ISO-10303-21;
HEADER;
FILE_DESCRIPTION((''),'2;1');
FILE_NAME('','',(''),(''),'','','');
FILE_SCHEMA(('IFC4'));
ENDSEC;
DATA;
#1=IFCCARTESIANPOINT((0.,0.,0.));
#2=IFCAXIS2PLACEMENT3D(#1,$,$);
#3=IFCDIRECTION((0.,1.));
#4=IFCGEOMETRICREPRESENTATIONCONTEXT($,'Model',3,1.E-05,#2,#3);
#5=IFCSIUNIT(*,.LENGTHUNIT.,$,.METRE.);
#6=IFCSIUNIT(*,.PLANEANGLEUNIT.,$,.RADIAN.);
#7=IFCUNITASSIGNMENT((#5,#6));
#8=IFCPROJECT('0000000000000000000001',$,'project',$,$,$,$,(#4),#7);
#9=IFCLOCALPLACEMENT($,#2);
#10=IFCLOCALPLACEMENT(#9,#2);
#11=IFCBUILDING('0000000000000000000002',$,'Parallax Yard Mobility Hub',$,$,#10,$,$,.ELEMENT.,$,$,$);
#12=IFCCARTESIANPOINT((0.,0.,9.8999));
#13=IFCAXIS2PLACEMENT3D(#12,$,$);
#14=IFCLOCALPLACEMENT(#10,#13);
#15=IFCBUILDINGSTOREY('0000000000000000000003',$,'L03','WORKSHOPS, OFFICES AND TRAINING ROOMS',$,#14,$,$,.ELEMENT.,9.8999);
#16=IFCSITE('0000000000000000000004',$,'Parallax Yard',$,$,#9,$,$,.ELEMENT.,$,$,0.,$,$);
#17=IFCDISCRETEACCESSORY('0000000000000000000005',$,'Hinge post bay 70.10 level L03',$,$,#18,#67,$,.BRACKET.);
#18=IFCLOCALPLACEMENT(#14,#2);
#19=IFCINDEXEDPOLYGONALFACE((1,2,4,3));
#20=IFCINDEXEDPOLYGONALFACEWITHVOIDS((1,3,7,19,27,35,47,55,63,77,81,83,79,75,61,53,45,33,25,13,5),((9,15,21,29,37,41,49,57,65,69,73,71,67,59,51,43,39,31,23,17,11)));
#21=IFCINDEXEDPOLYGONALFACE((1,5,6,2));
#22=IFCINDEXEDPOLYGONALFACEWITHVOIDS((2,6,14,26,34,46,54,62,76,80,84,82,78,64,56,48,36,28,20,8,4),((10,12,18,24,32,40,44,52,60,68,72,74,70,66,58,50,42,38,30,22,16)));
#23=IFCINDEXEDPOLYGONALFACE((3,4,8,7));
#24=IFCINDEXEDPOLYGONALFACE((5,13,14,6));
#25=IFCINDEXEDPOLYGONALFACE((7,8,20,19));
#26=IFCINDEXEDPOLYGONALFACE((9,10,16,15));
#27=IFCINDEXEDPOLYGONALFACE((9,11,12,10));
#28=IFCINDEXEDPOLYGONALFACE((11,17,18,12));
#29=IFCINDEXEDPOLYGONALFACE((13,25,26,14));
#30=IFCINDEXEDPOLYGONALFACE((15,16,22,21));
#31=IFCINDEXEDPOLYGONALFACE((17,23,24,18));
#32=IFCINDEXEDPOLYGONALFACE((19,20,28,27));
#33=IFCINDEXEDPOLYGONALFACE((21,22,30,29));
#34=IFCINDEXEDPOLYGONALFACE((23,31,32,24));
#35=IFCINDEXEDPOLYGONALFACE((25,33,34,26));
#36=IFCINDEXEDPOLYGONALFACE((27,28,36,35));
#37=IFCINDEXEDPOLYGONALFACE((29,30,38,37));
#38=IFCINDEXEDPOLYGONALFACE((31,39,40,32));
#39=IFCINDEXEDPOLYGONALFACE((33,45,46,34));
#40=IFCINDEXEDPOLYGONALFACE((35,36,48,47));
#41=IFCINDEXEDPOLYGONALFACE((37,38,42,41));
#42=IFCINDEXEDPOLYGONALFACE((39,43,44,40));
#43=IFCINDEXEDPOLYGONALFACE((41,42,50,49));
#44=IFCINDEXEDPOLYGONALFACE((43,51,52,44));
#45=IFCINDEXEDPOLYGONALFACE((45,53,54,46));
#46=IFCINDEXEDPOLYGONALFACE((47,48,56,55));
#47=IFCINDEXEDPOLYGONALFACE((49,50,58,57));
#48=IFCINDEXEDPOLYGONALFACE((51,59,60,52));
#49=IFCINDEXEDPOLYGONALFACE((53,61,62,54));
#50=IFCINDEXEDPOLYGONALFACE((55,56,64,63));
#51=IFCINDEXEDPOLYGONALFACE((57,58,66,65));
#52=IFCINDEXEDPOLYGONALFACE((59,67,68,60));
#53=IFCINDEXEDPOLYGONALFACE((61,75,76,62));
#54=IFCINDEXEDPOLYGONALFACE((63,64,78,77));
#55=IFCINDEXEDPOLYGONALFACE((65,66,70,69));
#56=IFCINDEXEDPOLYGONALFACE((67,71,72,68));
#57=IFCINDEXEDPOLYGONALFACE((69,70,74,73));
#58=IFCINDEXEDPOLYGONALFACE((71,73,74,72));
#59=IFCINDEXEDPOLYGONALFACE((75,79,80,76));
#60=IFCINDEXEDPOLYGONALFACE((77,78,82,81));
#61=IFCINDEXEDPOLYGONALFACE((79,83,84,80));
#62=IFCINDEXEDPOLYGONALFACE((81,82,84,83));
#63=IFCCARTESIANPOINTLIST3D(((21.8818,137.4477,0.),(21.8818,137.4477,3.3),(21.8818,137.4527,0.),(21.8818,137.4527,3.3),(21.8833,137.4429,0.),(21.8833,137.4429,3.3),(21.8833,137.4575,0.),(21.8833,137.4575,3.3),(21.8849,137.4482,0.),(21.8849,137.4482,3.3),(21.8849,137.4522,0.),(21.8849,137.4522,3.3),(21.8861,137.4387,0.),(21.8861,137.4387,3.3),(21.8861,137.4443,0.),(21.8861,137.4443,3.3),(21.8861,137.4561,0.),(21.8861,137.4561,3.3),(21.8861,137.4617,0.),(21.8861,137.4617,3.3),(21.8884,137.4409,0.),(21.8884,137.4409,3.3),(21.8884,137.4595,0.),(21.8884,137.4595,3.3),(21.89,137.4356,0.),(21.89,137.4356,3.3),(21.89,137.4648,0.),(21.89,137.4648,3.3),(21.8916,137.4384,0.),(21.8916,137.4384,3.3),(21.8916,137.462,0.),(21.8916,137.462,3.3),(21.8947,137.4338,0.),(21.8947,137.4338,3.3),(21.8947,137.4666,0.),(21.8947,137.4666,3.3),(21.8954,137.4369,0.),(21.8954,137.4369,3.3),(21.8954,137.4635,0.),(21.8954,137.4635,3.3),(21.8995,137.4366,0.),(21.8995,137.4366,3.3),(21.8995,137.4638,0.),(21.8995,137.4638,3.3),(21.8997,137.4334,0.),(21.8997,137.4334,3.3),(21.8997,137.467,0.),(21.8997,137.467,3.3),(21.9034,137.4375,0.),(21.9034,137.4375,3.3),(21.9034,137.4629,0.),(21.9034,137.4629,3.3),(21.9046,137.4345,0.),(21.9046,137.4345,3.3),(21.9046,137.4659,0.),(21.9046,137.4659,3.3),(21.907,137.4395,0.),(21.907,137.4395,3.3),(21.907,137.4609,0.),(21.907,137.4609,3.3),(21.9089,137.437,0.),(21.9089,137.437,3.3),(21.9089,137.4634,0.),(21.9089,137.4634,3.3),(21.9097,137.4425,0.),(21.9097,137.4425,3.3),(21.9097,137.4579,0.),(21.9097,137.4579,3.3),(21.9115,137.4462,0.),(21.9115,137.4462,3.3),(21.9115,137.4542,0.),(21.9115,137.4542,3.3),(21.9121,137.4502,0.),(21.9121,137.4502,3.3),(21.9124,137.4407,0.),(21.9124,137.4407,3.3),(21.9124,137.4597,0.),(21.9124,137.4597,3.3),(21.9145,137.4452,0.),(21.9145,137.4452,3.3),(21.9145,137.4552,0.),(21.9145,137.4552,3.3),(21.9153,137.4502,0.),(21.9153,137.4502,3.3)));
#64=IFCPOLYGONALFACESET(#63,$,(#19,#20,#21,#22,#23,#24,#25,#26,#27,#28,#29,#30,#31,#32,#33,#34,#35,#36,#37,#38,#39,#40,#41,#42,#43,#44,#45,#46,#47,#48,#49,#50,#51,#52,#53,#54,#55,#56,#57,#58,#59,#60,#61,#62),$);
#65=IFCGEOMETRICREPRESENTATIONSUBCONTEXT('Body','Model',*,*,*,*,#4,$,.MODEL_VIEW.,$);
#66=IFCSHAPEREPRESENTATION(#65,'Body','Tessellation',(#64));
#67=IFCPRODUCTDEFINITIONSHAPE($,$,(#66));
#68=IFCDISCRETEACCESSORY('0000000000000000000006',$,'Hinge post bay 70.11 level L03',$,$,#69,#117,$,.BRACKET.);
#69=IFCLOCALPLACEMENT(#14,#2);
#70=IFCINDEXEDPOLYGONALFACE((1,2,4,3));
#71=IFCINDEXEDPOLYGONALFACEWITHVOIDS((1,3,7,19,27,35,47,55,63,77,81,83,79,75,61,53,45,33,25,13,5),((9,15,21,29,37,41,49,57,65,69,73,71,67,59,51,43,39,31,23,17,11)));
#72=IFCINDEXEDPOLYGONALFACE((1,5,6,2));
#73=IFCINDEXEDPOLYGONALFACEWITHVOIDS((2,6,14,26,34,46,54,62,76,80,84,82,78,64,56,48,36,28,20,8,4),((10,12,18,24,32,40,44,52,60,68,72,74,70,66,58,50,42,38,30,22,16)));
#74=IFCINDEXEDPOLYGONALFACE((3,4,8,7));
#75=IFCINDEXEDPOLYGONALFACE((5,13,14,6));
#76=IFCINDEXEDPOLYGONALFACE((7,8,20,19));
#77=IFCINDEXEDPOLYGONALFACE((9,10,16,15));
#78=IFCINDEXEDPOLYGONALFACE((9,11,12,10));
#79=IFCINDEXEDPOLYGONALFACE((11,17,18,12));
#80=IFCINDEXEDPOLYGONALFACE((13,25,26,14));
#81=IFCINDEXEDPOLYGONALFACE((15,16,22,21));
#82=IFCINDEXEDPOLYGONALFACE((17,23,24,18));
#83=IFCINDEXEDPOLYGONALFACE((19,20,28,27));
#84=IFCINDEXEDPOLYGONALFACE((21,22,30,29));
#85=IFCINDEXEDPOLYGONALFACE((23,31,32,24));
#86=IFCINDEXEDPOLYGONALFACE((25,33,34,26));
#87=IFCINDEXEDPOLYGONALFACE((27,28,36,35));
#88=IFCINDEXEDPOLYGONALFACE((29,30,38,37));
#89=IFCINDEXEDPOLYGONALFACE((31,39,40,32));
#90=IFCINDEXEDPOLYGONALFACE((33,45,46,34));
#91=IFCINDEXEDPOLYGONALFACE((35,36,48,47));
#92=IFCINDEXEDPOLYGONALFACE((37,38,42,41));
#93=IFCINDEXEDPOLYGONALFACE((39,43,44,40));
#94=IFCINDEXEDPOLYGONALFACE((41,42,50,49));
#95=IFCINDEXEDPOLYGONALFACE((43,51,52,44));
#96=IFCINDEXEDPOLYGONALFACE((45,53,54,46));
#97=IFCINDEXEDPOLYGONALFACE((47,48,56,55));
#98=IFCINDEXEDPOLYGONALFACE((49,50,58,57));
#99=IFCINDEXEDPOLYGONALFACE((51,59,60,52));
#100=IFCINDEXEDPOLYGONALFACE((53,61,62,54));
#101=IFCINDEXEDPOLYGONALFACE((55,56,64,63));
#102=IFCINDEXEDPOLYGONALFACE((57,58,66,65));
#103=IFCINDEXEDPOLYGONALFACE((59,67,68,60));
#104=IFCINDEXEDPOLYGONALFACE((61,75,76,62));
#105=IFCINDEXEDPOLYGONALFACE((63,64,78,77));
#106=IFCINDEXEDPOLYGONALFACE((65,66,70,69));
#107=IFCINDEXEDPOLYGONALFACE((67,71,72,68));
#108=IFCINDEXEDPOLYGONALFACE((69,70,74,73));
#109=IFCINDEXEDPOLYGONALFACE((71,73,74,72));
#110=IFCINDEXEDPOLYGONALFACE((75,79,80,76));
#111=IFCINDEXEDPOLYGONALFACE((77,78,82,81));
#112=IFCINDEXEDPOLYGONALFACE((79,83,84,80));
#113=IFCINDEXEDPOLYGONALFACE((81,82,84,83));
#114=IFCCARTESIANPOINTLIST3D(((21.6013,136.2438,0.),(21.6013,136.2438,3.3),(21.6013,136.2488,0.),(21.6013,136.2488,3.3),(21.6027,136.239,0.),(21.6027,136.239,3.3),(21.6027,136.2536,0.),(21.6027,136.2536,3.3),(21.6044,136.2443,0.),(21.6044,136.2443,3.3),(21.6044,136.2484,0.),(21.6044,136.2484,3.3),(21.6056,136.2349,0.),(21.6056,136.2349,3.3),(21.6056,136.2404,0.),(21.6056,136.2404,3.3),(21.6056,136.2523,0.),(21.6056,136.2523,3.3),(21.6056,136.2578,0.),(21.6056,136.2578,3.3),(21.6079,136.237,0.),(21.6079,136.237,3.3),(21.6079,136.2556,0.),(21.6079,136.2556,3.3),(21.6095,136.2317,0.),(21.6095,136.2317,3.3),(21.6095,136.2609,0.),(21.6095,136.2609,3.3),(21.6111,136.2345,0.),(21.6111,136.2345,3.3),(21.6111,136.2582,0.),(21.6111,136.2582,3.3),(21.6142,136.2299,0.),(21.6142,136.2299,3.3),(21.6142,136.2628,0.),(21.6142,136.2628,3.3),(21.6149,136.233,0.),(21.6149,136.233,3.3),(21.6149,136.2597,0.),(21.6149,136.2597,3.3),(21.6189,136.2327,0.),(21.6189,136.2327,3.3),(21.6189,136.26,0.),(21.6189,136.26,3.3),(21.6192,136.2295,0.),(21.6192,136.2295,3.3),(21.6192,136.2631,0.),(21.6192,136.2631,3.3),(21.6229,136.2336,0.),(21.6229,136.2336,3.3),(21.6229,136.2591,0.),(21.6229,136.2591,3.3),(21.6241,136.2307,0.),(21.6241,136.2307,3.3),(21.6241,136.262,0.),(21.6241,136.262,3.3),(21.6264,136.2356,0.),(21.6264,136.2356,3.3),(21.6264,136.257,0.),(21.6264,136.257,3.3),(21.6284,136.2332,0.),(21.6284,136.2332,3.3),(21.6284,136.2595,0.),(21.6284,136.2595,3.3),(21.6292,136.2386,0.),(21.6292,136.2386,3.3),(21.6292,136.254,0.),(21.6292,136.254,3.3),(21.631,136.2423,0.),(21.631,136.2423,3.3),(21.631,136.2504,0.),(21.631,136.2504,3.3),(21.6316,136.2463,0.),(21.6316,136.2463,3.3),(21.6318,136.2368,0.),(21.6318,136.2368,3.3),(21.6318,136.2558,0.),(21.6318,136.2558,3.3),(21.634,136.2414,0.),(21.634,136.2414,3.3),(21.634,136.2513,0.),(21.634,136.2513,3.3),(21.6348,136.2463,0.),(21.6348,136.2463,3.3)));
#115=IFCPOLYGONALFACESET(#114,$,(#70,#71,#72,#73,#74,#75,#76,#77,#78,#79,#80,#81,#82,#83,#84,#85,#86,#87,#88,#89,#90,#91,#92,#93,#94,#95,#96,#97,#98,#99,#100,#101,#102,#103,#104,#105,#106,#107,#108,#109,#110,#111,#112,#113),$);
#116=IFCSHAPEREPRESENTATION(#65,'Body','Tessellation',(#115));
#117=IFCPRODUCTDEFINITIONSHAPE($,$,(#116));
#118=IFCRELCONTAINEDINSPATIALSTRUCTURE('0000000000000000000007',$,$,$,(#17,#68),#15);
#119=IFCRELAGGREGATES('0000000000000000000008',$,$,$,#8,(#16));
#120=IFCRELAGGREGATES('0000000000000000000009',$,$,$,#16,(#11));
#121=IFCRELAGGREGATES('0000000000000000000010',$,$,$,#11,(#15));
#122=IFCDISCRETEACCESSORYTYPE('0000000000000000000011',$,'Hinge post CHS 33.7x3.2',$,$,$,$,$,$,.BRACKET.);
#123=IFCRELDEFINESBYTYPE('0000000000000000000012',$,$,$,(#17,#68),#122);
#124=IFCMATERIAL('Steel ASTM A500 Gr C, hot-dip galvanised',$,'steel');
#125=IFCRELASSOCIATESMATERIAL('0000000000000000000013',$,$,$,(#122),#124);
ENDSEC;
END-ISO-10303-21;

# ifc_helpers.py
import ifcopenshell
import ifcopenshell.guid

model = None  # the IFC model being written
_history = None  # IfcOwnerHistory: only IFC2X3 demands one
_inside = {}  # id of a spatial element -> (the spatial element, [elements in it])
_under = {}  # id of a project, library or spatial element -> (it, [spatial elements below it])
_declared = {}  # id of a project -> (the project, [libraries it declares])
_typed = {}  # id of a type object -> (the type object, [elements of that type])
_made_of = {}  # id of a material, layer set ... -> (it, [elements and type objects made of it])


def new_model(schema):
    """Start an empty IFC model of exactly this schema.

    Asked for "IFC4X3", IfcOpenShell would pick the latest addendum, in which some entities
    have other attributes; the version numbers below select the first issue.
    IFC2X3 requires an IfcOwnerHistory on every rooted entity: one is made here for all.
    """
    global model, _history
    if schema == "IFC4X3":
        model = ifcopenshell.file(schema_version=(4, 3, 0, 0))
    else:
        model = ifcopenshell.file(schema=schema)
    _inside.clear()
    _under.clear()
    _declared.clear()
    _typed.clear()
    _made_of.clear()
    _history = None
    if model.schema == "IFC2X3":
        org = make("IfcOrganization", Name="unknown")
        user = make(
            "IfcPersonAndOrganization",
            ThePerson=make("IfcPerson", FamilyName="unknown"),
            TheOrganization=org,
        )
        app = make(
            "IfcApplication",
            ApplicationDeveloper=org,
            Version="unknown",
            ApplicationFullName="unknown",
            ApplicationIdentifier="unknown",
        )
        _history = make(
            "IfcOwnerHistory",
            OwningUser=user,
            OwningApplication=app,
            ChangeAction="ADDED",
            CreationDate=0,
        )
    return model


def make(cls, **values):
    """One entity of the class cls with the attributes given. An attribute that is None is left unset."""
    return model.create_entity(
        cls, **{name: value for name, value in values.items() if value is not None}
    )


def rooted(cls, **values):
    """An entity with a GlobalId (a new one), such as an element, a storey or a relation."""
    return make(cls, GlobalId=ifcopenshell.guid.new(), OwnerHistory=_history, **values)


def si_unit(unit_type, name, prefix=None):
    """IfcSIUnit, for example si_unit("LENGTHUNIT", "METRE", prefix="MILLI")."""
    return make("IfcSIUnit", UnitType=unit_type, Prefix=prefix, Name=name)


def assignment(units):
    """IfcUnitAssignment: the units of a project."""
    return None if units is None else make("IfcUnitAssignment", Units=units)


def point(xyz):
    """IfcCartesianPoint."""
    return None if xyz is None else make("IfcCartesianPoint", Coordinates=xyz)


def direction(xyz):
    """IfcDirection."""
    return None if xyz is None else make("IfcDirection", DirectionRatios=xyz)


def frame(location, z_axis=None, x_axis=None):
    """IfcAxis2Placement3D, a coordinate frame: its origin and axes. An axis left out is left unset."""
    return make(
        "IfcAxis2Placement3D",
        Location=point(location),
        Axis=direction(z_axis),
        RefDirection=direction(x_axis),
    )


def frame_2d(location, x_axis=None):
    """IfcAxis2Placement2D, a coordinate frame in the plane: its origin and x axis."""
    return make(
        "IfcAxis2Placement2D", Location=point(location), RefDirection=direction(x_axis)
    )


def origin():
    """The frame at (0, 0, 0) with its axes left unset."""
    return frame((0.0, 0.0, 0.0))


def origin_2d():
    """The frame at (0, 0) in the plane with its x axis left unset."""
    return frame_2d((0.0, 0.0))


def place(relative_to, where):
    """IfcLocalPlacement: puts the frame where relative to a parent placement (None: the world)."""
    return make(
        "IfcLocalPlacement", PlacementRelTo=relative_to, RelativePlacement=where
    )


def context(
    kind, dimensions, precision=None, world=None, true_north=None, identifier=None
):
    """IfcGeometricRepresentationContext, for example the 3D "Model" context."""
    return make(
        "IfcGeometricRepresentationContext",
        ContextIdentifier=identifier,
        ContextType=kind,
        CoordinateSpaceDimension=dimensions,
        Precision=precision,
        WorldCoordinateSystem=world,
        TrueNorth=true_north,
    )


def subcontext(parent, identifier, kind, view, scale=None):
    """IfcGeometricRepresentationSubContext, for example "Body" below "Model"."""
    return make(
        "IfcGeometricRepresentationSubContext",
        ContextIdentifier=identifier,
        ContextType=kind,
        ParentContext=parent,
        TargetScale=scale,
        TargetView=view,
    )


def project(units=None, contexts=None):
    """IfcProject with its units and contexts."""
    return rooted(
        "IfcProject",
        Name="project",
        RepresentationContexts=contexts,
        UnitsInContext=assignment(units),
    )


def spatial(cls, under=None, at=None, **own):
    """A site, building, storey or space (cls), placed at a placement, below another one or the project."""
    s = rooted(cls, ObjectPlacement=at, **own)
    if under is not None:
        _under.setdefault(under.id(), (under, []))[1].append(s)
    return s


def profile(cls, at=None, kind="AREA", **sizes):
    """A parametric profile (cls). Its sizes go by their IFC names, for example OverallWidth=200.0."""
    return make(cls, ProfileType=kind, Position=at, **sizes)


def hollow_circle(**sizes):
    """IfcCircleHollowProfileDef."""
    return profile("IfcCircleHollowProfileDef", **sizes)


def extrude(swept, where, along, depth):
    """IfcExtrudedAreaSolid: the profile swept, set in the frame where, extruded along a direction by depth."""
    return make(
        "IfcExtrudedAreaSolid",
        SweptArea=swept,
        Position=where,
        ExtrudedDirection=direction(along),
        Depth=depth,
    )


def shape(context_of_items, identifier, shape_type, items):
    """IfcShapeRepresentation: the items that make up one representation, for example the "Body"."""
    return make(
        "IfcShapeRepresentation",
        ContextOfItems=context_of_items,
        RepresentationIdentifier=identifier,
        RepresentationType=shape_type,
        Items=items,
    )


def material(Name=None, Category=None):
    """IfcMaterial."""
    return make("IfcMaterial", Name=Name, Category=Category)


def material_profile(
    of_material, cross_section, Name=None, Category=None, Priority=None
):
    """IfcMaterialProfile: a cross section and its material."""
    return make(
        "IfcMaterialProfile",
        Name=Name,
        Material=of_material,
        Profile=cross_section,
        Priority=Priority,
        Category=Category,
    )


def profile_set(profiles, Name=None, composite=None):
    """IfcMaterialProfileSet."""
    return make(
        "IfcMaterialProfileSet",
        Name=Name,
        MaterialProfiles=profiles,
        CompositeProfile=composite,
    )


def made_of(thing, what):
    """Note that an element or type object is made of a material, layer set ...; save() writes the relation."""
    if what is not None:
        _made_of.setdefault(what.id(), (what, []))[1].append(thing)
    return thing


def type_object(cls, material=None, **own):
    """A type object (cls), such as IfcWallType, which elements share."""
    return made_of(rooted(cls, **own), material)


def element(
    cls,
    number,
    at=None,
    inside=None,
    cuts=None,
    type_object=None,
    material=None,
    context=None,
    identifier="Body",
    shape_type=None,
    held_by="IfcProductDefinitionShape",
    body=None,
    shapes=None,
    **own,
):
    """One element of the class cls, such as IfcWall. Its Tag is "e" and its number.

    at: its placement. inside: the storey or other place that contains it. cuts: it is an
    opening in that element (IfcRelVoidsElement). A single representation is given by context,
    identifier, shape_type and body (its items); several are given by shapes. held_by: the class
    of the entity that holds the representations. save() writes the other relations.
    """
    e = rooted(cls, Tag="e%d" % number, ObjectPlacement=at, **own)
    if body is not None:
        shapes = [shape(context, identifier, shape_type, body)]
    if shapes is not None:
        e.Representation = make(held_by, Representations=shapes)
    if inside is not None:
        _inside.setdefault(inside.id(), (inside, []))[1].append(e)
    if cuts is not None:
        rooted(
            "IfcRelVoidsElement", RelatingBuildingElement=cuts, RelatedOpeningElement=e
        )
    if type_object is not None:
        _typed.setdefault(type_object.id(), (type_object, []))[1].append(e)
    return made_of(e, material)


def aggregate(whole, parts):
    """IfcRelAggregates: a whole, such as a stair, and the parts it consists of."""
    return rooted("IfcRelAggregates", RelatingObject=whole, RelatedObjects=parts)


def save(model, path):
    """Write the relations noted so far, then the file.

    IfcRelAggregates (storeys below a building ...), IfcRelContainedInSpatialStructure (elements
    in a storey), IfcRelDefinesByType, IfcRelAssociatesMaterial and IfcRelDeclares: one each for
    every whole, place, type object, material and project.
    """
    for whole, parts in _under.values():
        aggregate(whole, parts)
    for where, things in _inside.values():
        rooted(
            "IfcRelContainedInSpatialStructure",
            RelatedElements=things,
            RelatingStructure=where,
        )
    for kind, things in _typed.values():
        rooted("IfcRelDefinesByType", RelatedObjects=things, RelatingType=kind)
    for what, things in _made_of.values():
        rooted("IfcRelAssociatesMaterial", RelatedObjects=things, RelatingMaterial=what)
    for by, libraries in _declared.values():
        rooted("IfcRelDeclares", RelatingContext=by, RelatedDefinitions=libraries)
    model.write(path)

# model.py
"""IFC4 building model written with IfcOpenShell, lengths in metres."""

from ifc_helpers import new_model, si_unit, direction, frame, origin, origin_2d, place, context, subcontext, project, spatial, hollow_circle, extrude, material, material_profile, profile_set, type_object, element, save


model = new_model("IFC4")

# Units and contexts
model_context = context("Model", 3, precision=1e-05, world=origin(), true_north=direction((0.0, 1.0)))
body_context = subcontext(model_context, "Body", "Model", "MODEL_VIEW")
ifc_project = project(units=[si_unit("LENGTHUNIT", "METRE"), si_unit("PLANEANGLEUNIT", "RADIAN")], contexts=[model_context])

# Site, building, storey
site_placement = place(None, origin())
site = spatial("IfcSite", under=ifc_project, at=site_placement, Name="Parallax Yard", CompositionType="ELEMENT", RefElevation=0.0)
building_placement = place(site_placement, origin())
building = spatial("IfcBuilding", under=site, at=building_placement, Name="Parallax Yard Mobility Hub", CompositionType="ELEMENT")
storey_placement = place(building_placement, frame((0.0, 0.0, 9.8999)))
storey = spatial("IfcBuildingStorey", under=building, at=storey_placement, Name="L03", Description="WORKSHOPS, OFFICES AND TRAINING ROOMS", CompositionType="ELEMENT", Elevation=9.8999)

# Discrete accessories
ifc_material_1 = material(Name="Steel ASTM A500 Gr C, hot-dip galvanised", Category="steel")
ifc_material_profile_1 = material_profile(ifc_material_1, hollow_circle(Radius=0.0168, WallThickness=0.0032, at=origin_2d()), Name="CHS 33.7x3.2")
ifc_profile_set_1 = profile_set([ifc_material_profile_1], Name="Steel ASTM A500 Gr C, hot-dip galvanised")
discrete_accessory_type_1 = type_object("IfcDiscreteAccessoryType", Name="Hinge post CHS 33.7x3.2", PredefinedType="BRACKET", material=ifc_profile_set_1)
for number, where, z_axis, x_axis, name in (
    (1, (21.8984, 137.4502, 0.0), (0.0, 0.0, 1.0), (1.0, 0.0, 0.0), "Hinge post bay 70.10 level L03"),
    (2, (21.6179, 136.2463, 0.0), (0.0, 0.0, 1.0), (1.0, 0.0, 0.0), "Hinge post bay 70.11 level L03"),
):
    element("IfcDiscreteAccessory", number, at=place(storey_placement, frame(where, z_axis=z_axis, x_axis=x_axis)), inside=storey, type_object=discrete_accessory_type_1, Name=name, PredefinedType="BRACKET", context=body_context, shape_type="SweptSolid", body=[
        extrude(hollow_circle(Radius=0.0168, WallThickness=0.0032, at=origin_2d()), origin(), (0.0, 0.0, 1.0), 3.3),
    ])

save(model, "model.ifc")
